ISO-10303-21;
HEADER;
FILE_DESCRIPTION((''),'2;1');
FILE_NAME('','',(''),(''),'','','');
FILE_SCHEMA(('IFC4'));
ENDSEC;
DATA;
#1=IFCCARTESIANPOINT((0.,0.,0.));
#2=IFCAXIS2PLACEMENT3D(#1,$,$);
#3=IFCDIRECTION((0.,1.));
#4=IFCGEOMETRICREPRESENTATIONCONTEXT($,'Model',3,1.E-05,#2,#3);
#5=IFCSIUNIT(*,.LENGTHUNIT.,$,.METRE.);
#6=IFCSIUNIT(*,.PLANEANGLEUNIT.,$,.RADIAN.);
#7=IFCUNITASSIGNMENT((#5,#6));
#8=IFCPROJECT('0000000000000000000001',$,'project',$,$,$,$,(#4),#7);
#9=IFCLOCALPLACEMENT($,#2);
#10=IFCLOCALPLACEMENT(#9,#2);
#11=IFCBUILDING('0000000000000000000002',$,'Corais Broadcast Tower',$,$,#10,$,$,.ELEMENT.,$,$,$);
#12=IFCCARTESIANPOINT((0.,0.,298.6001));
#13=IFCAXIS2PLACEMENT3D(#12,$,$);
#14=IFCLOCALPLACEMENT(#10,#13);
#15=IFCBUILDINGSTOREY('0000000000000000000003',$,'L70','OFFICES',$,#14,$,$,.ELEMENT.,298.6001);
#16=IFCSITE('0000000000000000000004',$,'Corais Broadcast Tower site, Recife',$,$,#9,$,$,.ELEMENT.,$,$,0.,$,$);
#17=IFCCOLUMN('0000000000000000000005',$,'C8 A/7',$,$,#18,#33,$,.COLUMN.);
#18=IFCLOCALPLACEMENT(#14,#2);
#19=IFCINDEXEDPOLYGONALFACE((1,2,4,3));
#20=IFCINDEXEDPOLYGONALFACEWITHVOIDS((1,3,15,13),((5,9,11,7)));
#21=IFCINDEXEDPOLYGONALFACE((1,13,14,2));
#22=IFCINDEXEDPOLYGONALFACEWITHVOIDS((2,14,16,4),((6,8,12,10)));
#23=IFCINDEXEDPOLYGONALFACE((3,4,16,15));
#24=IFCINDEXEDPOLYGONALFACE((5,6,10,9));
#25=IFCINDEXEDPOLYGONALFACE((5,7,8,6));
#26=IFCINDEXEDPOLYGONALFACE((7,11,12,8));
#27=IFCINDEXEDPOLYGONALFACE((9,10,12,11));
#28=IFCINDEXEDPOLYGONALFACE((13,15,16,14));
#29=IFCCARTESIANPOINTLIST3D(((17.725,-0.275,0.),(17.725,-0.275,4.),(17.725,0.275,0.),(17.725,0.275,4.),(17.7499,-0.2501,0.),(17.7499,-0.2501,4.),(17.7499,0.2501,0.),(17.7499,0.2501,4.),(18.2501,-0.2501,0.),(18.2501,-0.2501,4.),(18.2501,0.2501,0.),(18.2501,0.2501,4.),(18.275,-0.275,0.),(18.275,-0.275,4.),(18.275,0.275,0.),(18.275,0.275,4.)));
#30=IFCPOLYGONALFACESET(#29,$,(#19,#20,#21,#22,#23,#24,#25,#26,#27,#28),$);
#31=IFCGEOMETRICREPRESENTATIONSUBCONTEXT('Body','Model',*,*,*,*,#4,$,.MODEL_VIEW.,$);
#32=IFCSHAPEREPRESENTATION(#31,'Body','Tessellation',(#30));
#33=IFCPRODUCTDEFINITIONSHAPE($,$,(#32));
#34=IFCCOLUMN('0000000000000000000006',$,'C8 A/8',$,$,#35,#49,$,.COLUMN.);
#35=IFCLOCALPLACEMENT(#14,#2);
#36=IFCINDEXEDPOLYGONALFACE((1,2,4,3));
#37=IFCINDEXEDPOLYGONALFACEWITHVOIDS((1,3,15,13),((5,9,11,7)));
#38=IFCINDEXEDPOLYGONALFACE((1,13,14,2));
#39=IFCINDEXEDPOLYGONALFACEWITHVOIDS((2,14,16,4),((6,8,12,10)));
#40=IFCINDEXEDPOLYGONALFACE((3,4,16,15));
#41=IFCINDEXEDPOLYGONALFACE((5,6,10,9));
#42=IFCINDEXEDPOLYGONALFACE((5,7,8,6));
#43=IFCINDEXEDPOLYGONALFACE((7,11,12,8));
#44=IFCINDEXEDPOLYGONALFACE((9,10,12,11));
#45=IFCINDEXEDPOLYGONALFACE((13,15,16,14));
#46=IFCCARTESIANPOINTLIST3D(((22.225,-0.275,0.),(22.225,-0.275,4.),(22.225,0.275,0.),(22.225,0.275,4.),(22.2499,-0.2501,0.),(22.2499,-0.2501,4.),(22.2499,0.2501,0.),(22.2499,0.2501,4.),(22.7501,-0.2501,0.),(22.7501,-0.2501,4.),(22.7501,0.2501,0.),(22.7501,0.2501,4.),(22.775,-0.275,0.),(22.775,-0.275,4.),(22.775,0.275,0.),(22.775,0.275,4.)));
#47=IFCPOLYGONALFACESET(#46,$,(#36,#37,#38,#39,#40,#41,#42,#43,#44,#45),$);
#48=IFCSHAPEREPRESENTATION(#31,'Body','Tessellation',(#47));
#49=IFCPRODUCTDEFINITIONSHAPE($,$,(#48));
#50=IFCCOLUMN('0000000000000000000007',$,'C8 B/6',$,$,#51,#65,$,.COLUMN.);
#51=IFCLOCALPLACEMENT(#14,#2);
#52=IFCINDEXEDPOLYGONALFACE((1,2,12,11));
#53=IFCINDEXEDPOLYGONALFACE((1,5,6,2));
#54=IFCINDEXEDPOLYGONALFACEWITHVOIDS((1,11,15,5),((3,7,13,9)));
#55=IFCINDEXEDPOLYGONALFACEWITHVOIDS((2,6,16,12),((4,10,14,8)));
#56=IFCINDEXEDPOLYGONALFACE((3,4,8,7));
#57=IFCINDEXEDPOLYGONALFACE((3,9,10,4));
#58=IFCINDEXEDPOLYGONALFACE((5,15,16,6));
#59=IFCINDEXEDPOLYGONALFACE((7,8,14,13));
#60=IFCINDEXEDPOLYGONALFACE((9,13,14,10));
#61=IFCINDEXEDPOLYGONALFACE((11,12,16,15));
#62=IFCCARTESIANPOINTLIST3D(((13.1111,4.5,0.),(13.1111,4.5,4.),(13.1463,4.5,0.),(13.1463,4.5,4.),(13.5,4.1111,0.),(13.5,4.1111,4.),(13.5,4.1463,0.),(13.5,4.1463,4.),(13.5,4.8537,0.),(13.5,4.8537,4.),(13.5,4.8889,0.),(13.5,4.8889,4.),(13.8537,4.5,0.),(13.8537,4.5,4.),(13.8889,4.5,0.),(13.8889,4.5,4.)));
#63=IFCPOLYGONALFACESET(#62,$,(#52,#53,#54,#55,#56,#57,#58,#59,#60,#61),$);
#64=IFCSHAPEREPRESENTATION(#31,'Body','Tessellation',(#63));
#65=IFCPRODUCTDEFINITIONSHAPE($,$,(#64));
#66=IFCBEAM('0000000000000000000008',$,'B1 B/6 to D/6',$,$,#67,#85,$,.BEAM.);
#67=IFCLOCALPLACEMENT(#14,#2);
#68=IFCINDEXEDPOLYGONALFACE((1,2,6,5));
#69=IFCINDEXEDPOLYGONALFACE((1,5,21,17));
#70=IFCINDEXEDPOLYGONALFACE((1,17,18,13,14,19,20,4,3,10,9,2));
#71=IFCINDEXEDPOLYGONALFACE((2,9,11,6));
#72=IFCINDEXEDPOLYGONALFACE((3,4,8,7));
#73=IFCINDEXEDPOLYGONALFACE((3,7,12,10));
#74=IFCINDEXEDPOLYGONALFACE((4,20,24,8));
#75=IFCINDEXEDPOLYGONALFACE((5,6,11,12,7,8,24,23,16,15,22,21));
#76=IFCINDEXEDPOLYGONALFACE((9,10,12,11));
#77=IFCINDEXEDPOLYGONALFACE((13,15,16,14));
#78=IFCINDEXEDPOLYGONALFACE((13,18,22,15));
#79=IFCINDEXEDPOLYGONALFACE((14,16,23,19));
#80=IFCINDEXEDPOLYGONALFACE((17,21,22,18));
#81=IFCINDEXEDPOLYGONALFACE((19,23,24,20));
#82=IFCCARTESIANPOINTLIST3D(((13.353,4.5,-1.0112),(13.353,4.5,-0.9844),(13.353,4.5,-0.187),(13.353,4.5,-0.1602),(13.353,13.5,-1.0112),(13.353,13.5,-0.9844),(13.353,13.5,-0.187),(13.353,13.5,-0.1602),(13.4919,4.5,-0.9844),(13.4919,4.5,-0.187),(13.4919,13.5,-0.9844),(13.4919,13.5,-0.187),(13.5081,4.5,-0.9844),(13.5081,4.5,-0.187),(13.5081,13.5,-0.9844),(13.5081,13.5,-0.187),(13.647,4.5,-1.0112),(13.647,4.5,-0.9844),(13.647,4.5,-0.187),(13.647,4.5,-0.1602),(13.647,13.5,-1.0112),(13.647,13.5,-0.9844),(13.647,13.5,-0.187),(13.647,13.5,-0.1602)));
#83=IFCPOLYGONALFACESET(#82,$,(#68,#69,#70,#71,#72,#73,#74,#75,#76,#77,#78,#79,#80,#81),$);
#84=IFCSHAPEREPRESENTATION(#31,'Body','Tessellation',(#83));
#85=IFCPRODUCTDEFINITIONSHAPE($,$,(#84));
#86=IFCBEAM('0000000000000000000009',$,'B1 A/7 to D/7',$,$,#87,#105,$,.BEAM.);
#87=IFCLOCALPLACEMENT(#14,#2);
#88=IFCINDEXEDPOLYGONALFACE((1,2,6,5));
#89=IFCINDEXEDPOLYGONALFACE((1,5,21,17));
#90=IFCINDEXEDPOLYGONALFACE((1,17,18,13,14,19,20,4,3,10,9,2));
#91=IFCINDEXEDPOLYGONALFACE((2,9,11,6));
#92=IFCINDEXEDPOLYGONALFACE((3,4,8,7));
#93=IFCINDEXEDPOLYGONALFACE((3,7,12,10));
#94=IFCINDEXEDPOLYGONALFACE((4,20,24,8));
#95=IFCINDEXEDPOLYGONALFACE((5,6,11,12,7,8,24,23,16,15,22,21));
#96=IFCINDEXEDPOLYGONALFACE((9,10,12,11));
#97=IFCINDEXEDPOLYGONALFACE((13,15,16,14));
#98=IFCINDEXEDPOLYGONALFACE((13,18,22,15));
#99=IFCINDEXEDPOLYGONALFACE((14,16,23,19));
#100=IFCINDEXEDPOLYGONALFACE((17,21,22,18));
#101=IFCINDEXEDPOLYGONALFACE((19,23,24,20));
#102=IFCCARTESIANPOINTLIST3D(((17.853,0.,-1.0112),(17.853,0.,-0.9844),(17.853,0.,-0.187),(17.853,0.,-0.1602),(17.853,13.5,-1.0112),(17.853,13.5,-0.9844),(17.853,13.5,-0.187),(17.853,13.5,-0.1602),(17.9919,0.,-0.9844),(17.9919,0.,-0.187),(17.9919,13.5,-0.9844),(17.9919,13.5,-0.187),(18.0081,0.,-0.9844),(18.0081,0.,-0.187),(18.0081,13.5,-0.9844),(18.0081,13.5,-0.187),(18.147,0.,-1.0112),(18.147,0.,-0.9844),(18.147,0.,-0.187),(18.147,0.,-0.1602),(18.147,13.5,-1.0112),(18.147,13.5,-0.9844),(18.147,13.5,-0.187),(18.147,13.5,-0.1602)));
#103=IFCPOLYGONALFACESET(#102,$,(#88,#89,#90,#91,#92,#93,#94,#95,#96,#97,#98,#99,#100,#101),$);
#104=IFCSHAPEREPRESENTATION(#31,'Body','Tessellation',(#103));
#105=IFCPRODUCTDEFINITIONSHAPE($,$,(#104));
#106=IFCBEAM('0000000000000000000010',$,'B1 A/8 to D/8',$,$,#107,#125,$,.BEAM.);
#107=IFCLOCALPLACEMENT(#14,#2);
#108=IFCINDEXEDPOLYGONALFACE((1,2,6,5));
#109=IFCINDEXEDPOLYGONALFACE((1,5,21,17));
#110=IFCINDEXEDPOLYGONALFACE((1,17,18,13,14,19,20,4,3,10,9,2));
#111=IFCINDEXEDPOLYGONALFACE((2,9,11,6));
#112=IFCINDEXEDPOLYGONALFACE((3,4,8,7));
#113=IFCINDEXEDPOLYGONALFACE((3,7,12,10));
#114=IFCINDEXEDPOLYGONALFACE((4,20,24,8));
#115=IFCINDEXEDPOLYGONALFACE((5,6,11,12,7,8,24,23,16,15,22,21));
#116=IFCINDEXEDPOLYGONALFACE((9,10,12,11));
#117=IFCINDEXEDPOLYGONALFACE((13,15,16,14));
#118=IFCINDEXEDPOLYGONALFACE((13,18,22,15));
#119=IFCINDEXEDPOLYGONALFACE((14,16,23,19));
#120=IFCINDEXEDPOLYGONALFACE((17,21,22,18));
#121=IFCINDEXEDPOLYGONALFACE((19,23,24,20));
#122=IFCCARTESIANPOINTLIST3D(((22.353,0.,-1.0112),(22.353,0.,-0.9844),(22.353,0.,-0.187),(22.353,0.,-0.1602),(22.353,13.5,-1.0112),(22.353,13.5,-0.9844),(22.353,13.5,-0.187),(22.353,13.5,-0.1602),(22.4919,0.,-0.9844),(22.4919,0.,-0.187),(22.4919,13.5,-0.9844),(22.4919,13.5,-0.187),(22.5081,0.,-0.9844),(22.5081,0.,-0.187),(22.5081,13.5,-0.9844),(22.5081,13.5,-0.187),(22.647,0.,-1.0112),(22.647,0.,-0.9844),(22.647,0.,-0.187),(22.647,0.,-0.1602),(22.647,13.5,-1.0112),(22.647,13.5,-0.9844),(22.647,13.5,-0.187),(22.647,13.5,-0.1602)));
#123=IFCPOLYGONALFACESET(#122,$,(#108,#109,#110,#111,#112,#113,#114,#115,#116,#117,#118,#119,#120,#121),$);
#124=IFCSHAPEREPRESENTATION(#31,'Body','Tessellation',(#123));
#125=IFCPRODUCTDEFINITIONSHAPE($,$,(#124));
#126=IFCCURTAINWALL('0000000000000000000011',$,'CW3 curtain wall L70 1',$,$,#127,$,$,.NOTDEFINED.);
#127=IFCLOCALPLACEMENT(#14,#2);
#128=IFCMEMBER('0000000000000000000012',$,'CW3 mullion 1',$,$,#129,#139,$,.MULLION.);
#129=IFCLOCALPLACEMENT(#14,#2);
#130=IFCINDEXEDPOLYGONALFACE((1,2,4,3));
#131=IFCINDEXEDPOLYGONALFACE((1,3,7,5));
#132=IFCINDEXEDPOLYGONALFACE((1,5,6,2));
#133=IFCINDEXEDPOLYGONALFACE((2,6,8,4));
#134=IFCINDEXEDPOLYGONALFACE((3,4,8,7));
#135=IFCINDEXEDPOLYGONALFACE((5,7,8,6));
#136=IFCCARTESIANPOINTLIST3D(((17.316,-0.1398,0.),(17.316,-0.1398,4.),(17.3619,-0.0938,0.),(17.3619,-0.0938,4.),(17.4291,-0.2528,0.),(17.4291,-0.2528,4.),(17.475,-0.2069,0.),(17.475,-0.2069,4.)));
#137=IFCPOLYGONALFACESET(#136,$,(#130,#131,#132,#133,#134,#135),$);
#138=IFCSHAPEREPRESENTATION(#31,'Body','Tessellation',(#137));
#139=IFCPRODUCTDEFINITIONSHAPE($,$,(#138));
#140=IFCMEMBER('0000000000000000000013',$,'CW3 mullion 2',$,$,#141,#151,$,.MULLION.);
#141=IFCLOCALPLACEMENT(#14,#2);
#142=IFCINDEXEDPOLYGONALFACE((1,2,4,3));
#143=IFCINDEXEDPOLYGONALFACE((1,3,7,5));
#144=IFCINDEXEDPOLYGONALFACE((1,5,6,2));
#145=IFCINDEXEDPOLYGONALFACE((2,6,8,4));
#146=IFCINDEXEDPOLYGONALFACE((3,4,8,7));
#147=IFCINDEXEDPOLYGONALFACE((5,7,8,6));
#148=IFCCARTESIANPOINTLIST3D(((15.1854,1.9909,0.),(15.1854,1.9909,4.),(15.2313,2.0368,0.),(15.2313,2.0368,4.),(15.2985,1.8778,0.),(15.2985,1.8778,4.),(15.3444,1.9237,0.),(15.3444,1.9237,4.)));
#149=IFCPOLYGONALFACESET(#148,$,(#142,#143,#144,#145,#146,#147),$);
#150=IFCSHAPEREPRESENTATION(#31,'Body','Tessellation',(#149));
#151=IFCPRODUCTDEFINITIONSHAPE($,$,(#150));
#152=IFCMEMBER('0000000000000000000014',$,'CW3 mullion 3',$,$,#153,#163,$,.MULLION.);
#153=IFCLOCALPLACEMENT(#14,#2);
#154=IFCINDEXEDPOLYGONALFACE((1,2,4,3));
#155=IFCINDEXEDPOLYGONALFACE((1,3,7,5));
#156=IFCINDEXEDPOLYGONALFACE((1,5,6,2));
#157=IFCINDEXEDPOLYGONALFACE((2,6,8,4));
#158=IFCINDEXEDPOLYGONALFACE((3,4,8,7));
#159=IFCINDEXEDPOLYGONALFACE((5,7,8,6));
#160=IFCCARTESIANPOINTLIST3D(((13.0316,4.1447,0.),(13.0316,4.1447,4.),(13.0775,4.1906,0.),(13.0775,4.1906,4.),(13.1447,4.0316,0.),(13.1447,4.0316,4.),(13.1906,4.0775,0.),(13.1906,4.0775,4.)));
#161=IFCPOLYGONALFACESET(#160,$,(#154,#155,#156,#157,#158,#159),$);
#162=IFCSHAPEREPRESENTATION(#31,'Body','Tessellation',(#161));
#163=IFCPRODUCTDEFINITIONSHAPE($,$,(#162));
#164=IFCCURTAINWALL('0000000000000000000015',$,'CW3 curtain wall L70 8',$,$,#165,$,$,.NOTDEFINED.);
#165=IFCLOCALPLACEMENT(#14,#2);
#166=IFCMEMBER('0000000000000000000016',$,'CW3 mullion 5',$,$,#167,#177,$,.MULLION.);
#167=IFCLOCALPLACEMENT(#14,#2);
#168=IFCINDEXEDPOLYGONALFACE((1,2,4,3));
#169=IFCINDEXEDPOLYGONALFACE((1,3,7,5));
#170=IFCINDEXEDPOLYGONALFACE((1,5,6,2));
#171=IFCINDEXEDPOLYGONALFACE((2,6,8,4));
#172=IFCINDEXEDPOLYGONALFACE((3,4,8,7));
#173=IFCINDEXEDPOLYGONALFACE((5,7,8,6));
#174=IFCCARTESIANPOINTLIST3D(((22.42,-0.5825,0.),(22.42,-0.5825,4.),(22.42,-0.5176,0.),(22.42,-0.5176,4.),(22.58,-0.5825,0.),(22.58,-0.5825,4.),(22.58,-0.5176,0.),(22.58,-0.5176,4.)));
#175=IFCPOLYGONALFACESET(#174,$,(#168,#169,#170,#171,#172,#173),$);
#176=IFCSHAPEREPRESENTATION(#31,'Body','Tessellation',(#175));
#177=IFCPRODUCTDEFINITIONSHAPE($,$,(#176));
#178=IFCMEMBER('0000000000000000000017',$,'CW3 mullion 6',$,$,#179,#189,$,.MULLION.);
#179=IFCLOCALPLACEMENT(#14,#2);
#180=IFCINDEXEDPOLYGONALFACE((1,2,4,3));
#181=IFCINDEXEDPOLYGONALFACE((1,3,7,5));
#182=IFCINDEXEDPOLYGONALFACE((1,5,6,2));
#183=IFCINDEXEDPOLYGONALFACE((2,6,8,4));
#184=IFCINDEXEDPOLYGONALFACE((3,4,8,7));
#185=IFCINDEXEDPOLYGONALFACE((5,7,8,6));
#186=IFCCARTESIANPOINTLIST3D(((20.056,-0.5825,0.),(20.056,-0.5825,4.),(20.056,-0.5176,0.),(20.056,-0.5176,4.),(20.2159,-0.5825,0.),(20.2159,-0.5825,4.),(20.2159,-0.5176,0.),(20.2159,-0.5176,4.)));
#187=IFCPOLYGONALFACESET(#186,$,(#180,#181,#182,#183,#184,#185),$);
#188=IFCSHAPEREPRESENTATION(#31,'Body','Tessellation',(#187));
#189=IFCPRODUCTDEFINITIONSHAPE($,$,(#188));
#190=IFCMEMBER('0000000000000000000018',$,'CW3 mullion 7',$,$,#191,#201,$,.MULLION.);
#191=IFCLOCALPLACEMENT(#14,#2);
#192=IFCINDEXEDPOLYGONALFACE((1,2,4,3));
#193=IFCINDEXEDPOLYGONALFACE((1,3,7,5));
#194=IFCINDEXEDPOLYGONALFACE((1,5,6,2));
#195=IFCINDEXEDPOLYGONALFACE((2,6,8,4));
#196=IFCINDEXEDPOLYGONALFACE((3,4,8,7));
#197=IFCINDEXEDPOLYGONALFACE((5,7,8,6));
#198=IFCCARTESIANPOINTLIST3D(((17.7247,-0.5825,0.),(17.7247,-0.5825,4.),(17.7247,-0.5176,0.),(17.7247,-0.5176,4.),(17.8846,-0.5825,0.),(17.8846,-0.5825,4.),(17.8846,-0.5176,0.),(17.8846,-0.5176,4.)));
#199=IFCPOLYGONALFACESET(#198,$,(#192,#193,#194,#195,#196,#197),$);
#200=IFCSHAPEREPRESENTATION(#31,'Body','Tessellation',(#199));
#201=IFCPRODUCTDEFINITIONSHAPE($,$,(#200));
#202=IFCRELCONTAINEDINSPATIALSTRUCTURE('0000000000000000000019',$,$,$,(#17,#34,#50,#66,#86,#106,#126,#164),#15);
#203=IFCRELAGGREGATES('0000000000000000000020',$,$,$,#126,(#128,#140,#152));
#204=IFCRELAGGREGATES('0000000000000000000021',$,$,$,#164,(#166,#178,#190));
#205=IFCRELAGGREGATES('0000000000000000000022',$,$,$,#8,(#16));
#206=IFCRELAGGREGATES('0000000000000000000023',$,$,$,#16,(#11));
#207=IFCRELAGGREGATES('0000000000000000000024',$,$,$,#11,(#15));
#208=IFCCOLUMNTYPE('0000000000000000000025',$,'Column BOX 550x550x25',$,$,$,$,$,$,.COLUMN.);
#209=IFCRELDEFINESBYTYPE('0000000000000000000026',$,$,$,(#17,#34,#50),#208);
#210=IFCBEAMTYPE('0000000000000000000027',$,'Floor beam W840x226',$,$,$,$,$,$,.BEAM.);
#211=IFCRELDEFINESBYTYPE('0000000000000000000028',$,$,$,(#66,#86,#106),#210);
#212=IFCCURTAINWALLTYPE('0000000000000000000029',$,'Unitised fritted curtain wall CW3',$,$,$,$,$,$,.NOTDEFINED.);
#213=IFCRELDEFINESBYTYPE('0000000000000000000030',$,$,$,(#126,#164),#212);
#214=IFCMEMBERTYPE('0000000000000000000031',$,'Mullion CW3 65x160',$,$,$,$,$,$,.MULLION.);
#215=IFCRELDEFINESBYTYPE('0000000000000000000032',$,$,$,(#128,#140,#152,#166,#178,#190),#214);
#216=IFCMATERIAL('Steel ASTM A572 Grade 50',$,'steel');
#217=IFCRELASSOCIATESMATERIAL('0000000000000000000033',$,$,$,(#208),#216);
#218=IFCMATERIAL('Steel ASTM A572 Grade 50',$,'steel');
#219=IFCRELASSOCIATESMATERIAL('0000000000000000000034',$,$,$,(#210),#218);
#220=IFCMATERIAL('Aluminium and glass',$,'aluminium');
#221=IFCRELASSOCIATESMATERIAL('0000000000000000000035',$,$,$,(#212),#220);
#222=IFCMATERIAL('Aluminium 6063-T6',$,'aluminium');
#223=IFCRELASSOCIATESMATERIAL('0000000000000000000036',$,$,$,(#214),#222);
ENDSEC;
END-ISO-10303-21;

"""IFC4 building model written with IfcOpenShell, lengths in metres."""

from ifc_helpers import new_model, si_unit, direction, frame, origin, origin_2d, place, context, subcontext, project, spatial, rectangle, hollow_rectangle, i_section, extrude, material, material_profile, profile_set, type_object, element, aggregate, save


model = new_model("IFC4")

# Units and contexts
model_context = context("Model", 3, precision=1e-05, world=origin(), true_north=direction((0.0, 1.0)))
body_context = subcontext(model_context, "Body", "Model", "MODEL_VIEW")
ifc_project = project(units=[si_unit("LENGTHUNIT", "METRE"), si_unit("PLANEANGLEUNIT", "RADIAN")], contexts=[model_context])

# Site, building, storey
site_placement = place(None, origin())
site = spatial("IfcSite", under=ifc_project, at=site_placement, Name="Corais Broadcast Tower site, Recife", CompositionType="ELEMENT", RefElevation=0.0)
building_placement = place(site_placement, origin())
building = spatial("IfcBuilding", under=site, at=building_placement, Name="Corais Broadcast Tower", CompositionType="ELEMENT")
storey_placement = place(building_placement, frame((0.0, 0.0, 298.6001)))
storey = spatial("IfcBuildingStorey", under=building, at=storey_placement, Name="L70", Description="OFFICES", CompositionType="ELEMENT", Elevation=298.6001)

# Columns
ifc_material_1 = material(Name="Steel ASTM A572 Grade 50", Category="steel")
ifc_material_profile_1 = material_profile(ifc_material_1, hollow_rectangle(XDim=0.55, YDim=0.55, WallThickness=0.0249, at=origin_2d()), Name="BOX 550x550x25")
ifc_profile_set_1 = profile_set([ifc_material_profile_1], Name="Steel ASTM A572 Grade 50")
column_type = type_object("IfcColumnType", Name="Column BOX 550x550x25", PredefinedType="COLUMN", material=ifc_profile_set_1)
for number, where, z_axis, x_axis, name in (
    (1, (18.0, 0.0, 0.0), (0.0, 0.0, 1.0), (1.0, 0.0, 0.0), "C8 A/7"),
    (2, (22.5, 0.0, 0.0), (0.0, 0.0, 1.0), (1.0, 0.0, 0.0), "C8 A/8"),
    (3, (13.5, 4.5, 0.0), (0.0, 0.0, 1.0), (0.707107, 0.707107, 0.0), "C8 B/6"),
):
    element("IfcColumn", number, at=place(storey_placement, frame(where, z_axis=z_axis, x_axis=x_axis)), inside=storey, type_object=column_type, Name=name, PredefinedType="COLUMN", context=body_context, shape_type="SweptSolid", body=[
        extrude(hollow_rectangle(XDim=0.55, YDim=0.55, WallThickness=0.0249, at=origin_2d()), origin(), (0.0, 0.0, 1.0), 4.0),
    ])

# Beams
ifc_material_2 = material(Name="Steel ASTM A572 Grade 50", Category="steel")
ifc_material_profile_2 = material_profile(ifc_material_2, i_section(OverallWidth=0.2939, OverallDepth=0.8511, WebThickness=0.0161, FlangeThickness=0.0269, at=origin_2d()), Name="W840x226")
ifc_profile_set_2 = profile_set([ifc_material_profile_2], Name="Steel ASTM A572 Grade 50")
beam_type_1 = type_object("IfcBeamType", Name="Floor beam W840x226", PredefinedType="BEAM", material=ifc_profile_set_2)
beam_1_placement = place(storey_placement, frame((13.5, 4.5, -0.5857), z_axis=(0.0, 1.0, 0.0), x_axis=(-1.0, 0.0, 0.0)))
element("IfcBeam", 4, at=beam_1_placement, inside=storey, type_object=beam_type_1, Name="B1 B/6 to D/6", PredefinedType="BEAM", context=body_context, shape_type="SweptSolid", body=[
    extrude(i_section(OverallWidth=0.2939, OverallDepth=0.8511, WebThickness=0.0161, FlangeThickness=0.0269, at=origin_2d()), origin(), (0.0, 0.0, 1.0), 9.0),
])
for number, where, z_axis, x_axis, name in (
    (5, (18.0, 0.0, -0.5857), (0.0, 1.0, 0.0), (-1.0, 0.0, 0.0), "B1 A/7 to D/7"),
    (6, (22.5, 0.0, -0.5857), (0.0, 1.0, 0.0), (-1.0, 0.0, 0.0), "B1 A/8 to D/8"),
):
    element("IfcBeam", number, at=place(storey_placement, frame(where, z_axis=z_axis, x_axis=x_axis)), inside=storey, type_object=beam_type_1, Name=name, PredefinedType="BEAM", context=body_context, shape_type="SweptSolid", body=[
        extrude(i_section(OverallWidth=0.2939, OverallDepth=0.8511, WebThickness=0.0161, FlangeThickness=0.0269, at=origin_2d()), origin(), (0.0, 0.0, 1.0), 13.5),
    ])

# Curtain walls, members
ifc_material_3 = material(Name="Aluminium and glass", Category="aluminium")
curtain_wall_type = type_object("IfcCurtainWallType", Name="Unitised fritted curtain wall CW3", PredefinedType="NOTDEFINED", material=ifc_material_3)
curtain_wall_1_placement = place(storey_placement, origin())
curtain_wall_1 = element("IfcCurtainWall", 7, at=curtain_wall_1_placement, inside=storey, type_object=curtain_wall_type, Name="CW3 curtain wall L70 1", PredefinedType="NOTDEFINED")
ifc_material_4 = material(Name="Aluminium 6063-T6", Category="aluminium")
ifc_material_profile_3 = material_profile(ifc_material_4, rectangle(XDim=0.0649, YDim=0.1599, at=origin_2d()), Name="Mullion CW3 65x160")
ifc_profile_set_3 = profile_set([ifc_material_profile_3], Name="Aluminium 6063-T6")
member_type_1 = type_object("IfcMemberType", Name="Mullion CW3 65x160", PredefinedType="MULLION", material=ifc_profile_set_3)
member_1_placement = place(storey_placement, frame((17.3955, -0.1733, 0.0), z_axis=(0.0, 0.0, 1.0), x_axis=(-0.707107, -0.707107, 0.0)))
member_1 = element("IfcMember", 8, at=member_1_placement, type_object=member_type_1, Name="CW3 mullion 1", PredefinedType="MULLION", context=body_context, shape_type="SweptSolid", body=[
    extrude(rectangle(XDim=0.0649, YDim=0.1599, at=origin_2d()), origin(), (0.0, 0.0, 1.0), 4.0),
])
member_2_placement = place(storey_placement, frame((15.2649, 1.9573, 0.0), z_axis=(0.0, 0.0, 1.0), x_axis=(-0.707107, -0.707107, 0.0)))
member_2 = element("IfcMember", 9, at=member_2_placement, type_object=member_type_1, Name="CW3 mullion 2", PredefinedType="MULLION", context=body_context, shape_type="SweptSolid", body=[
    extrude(rectangle(XDim=0.0649, YDim=0.1599, at=origin_2d()), origin(), (0.0, 0.0, 1.0), 4.0),
])
member_3_placement = place(storey_placement, frame((13.1111, 4.1111, 0.0), z_axis=(0.0, 0.0, 1.0), x_axis=(-0.707107, -0.707107, 0.0)))
member_3 = element("IfcMember", 10, at=member_3_placement, type_object=member_type_1, Name="CW3 mullion 3", PredefinedType="MULLION", context=body_context, shape_type="SweptSolid", body=[
    extrude(rectangle(XDim=0.0649, YDim=0.1599, at=origin_2d()), origin(), (0.0, 0.0, 1.0), 4.0),
])
curtain_wall_2_placement = place(storey_placement, origin())
curtain_wall_2 = element("IfcCurtainWall", 11, at=curtain_wall_2_placement, inside=storey, type_object=curtain_wall_type, Name="CW3 curtain wall L70 8", PredefinedType="NOTDEFINED")
member_4_placement = place(storey_placement, frame((22.5, -0.55, 0.0), z_axis=(0.0, 0.0, 1.0), x_axis=(0.0, -1.0, 0.0)))
member_4 = element("IfcMember", 12, at=member_4_placement, type_object=member_type_1, Name="CW3 mullion 5", PredefinedType="MULLION", context=body_context, shape_type="SweptSolid", body=[
    extrude(rectangle(XDim=0.0649, YDim=0.1599, at=origin_2d()), origin(), (0.0, 0.0, 1.0), 4.0),
])
member_5_placement = place(storey_placement, frame((20.136, -0.55, 0.0), z_axis=(0.0, 0.0, 1.0), x_axis=(0.0, -1.0, 0.0)))
member_5 = element("IfcMember", 13, at=member_5_placement, type_object=member_type_1, Name="CW3 mullion 6", PredefinedType="MULLION", context=body_context, shape_type="SweptSolid", body=[
    extrude(rectangle(XDim=0.0649, YDim=0.1599, at=origin_2d()), origin(), (0.0, 0.0, 1.0), 4.0),
])
member_6_placement = place(storey_placement, frame((17.8047, -0.55, 0.0), z_axis=(0.0, 0.0, 1.0), x_axis=(0.0, -1.0, 0.0)))
member_6 = element("IfcMember", 14, at=member_6_placement, type_object=member_type_1, Name="CW3 mullion 7", PredefinedType="MULLION", context=body_context, shape_type="SweptSolid", body=[
    extrude(rectangle(XDim=0.0649, YDim=0.1599, at=origin_2d()), origin(), (0.0, 0.0, 1.0), 4.0),
])

aggregate(curtain_wall_1, [member_1, member_2, member_3])
aggregate(curtain_wall_2, [member_4, member_5, member_6])

save(model, "model.ifc")
